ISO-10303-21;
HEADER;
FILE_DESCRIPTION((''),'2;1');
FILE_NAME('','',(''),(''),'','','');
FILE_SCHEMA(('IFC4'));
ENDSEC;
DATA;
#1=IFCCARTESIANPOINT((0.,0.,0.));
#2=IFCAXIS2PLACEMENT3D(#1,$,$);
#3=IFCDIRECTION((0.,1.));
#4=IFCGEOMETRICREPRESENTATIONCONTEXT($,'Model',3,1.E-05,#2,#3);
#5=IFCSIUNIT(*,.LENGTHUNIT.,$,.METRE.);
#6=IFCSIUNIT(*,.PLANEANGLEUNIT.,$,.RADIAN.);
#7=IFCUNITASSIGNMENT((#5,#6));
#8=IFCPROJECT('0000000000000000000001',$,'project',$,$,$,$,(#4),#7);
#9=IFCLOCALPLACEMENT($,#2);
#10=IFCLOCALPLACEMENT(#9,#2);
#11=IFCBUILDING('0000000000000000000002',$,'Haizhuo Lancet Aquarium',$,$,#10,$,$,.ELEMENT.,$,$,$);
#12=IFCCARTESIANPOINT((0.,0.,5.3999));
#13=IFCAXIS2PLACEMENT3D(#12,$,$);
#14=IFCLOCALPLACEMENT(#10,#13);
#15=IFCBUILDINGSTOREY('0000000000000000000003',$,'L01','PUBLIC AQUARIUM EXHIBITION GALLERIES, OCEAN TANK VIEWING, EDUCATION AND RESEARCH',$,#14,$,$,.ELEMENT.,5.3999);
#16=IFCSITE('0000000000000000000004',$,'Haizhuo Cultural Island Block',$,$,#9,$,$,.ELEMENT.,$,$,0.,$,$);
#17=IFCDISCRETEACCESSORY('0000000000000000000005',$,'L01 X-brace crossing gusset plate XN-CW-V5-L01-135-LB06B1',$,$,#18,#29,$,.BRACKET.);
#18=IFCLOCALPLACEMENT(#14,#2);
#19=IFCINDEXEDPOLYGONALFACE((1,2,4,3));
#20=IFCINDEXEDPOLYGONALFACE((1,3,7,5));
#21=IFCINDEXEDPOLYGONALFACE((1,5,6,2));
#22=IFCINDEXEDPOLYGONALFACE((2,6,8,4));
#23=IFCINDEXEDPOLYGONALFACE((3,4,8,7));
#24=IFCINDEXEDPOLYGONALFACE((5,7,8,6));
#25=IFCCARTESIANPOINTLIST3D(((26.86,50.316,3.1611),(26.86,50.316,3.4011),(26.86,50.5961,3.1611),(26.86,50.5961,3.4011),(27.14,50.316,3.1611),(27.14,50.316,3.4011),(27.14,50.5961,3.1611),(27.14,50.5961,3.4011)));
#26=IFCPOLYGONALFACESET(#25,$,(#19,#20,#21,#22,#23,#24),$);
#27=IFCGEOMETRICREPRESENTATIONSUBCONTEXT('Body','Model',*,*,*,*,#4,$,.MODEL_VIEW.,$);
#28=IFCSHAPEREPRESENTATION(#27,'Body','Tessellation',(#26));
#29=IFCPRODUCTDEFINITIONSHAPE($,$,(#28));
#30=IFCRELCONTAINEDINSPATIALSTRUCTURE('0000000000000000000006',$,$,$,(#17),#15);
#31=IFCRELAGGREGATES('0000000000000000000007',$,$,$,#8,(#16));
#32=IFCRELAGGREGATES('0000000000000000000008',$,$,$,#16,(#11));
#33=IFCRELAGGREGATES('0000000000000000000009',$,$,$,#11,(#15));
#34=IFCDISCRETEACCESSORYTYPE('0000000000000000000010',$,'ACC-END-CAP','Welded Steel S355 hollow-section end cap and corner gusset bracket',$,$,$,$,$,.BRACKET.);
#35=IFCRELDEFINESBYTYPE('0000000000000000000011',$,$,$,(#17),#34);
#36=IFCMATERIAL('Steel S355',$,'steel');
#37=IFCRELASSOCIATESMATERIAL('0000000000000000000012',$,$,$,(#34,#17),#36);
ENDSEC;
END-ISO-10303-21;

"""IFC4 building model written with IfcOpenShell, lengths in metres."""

from ifc_helpers import new_model, si_unit, direction, frame, origin, origin_2d, place, context, subcontext, project, spatial, rectangle, extrude, material, type_object, element, save


model = new_model("IFC4")

# Units and contexts
model_context = context("Model", 3, precision=1e-05, world=origin(), true_north=direction((0.0, 1.0)))
body_context = subcontext(model_context, "Body", "Model", "MODEL_VIEW")
ifc_project = project(units=[si_unit("LENGTHUNIT", "METRE"), si_unit("PLANEANGLEUNIT", "RADIAN")], contexts=[model_context])

# Site, building, storey
site_placement = place(None, origin())
site = spatial("IfcSite", under=ifc_project, at=site_placement, Name="Haizhuo Cultural Island Block", CompositionType="ELEMENT", RefElevation=0.0)
building_placement = place(site_placement, origin())
building = spatial("IfcBuilding", under=site, at=building_placement, Name="Haizhuo Lancet Aquarium", CompositionType="ELEMENT")
storey_placement = place(building_placement, frame((0.0, 0.0, 5.3999)))
storey = spatial("IfcBuildingStorey", under=building, at=storey_placement, Name="L01", Description="PUBLIC AQUARIUM EXHIBITION GALLERIES, OCEAN TANK VIEWING, EDUCATION AND RESEARCH", CompositionType="ELEMENT", Elevation=5.3999)

# Shared definitions
ifc_material_1 = material(Name="Steel S355", Category="steel")

# Discrete accessory
discrete_accessory_type = type_object("IfcDiscreteAccessoryType", Name="ACC-END-CAP", Description="Welded Steel S355 hollow-section end cap and corner gusset bracket", PredefinedType="BRACKET", material=ifc_material_1)
for number, where, z_axis, x_axis, name in (
    (1, (27.0, 50.4561, 3.1611), (0.0, 0.0, 1.0), (1.0, 0.0, 0.0), "L01 X-brace crossing gusset plate XN-CW-V5-L01-135-LB06B1"),
):
    element("IfcDiscreteAccessory", number, at=place(storey_placement, frame(where, z_axis=z_axis, x_axis=x_axis)), inside=storey, type_object=discrete_accessory_type, material=ifc_material_1, Name=name, PredefinedType="BRACKET", context=body_context, shape_type="SweptSolid", body=[
        extrude(rectangle(XDim=0.28, YDim=0.28, at=origin_2d()), origin(), (0.0, 0.0, 1.0), 0.24),
    ])

save(model, "model.ifc")
